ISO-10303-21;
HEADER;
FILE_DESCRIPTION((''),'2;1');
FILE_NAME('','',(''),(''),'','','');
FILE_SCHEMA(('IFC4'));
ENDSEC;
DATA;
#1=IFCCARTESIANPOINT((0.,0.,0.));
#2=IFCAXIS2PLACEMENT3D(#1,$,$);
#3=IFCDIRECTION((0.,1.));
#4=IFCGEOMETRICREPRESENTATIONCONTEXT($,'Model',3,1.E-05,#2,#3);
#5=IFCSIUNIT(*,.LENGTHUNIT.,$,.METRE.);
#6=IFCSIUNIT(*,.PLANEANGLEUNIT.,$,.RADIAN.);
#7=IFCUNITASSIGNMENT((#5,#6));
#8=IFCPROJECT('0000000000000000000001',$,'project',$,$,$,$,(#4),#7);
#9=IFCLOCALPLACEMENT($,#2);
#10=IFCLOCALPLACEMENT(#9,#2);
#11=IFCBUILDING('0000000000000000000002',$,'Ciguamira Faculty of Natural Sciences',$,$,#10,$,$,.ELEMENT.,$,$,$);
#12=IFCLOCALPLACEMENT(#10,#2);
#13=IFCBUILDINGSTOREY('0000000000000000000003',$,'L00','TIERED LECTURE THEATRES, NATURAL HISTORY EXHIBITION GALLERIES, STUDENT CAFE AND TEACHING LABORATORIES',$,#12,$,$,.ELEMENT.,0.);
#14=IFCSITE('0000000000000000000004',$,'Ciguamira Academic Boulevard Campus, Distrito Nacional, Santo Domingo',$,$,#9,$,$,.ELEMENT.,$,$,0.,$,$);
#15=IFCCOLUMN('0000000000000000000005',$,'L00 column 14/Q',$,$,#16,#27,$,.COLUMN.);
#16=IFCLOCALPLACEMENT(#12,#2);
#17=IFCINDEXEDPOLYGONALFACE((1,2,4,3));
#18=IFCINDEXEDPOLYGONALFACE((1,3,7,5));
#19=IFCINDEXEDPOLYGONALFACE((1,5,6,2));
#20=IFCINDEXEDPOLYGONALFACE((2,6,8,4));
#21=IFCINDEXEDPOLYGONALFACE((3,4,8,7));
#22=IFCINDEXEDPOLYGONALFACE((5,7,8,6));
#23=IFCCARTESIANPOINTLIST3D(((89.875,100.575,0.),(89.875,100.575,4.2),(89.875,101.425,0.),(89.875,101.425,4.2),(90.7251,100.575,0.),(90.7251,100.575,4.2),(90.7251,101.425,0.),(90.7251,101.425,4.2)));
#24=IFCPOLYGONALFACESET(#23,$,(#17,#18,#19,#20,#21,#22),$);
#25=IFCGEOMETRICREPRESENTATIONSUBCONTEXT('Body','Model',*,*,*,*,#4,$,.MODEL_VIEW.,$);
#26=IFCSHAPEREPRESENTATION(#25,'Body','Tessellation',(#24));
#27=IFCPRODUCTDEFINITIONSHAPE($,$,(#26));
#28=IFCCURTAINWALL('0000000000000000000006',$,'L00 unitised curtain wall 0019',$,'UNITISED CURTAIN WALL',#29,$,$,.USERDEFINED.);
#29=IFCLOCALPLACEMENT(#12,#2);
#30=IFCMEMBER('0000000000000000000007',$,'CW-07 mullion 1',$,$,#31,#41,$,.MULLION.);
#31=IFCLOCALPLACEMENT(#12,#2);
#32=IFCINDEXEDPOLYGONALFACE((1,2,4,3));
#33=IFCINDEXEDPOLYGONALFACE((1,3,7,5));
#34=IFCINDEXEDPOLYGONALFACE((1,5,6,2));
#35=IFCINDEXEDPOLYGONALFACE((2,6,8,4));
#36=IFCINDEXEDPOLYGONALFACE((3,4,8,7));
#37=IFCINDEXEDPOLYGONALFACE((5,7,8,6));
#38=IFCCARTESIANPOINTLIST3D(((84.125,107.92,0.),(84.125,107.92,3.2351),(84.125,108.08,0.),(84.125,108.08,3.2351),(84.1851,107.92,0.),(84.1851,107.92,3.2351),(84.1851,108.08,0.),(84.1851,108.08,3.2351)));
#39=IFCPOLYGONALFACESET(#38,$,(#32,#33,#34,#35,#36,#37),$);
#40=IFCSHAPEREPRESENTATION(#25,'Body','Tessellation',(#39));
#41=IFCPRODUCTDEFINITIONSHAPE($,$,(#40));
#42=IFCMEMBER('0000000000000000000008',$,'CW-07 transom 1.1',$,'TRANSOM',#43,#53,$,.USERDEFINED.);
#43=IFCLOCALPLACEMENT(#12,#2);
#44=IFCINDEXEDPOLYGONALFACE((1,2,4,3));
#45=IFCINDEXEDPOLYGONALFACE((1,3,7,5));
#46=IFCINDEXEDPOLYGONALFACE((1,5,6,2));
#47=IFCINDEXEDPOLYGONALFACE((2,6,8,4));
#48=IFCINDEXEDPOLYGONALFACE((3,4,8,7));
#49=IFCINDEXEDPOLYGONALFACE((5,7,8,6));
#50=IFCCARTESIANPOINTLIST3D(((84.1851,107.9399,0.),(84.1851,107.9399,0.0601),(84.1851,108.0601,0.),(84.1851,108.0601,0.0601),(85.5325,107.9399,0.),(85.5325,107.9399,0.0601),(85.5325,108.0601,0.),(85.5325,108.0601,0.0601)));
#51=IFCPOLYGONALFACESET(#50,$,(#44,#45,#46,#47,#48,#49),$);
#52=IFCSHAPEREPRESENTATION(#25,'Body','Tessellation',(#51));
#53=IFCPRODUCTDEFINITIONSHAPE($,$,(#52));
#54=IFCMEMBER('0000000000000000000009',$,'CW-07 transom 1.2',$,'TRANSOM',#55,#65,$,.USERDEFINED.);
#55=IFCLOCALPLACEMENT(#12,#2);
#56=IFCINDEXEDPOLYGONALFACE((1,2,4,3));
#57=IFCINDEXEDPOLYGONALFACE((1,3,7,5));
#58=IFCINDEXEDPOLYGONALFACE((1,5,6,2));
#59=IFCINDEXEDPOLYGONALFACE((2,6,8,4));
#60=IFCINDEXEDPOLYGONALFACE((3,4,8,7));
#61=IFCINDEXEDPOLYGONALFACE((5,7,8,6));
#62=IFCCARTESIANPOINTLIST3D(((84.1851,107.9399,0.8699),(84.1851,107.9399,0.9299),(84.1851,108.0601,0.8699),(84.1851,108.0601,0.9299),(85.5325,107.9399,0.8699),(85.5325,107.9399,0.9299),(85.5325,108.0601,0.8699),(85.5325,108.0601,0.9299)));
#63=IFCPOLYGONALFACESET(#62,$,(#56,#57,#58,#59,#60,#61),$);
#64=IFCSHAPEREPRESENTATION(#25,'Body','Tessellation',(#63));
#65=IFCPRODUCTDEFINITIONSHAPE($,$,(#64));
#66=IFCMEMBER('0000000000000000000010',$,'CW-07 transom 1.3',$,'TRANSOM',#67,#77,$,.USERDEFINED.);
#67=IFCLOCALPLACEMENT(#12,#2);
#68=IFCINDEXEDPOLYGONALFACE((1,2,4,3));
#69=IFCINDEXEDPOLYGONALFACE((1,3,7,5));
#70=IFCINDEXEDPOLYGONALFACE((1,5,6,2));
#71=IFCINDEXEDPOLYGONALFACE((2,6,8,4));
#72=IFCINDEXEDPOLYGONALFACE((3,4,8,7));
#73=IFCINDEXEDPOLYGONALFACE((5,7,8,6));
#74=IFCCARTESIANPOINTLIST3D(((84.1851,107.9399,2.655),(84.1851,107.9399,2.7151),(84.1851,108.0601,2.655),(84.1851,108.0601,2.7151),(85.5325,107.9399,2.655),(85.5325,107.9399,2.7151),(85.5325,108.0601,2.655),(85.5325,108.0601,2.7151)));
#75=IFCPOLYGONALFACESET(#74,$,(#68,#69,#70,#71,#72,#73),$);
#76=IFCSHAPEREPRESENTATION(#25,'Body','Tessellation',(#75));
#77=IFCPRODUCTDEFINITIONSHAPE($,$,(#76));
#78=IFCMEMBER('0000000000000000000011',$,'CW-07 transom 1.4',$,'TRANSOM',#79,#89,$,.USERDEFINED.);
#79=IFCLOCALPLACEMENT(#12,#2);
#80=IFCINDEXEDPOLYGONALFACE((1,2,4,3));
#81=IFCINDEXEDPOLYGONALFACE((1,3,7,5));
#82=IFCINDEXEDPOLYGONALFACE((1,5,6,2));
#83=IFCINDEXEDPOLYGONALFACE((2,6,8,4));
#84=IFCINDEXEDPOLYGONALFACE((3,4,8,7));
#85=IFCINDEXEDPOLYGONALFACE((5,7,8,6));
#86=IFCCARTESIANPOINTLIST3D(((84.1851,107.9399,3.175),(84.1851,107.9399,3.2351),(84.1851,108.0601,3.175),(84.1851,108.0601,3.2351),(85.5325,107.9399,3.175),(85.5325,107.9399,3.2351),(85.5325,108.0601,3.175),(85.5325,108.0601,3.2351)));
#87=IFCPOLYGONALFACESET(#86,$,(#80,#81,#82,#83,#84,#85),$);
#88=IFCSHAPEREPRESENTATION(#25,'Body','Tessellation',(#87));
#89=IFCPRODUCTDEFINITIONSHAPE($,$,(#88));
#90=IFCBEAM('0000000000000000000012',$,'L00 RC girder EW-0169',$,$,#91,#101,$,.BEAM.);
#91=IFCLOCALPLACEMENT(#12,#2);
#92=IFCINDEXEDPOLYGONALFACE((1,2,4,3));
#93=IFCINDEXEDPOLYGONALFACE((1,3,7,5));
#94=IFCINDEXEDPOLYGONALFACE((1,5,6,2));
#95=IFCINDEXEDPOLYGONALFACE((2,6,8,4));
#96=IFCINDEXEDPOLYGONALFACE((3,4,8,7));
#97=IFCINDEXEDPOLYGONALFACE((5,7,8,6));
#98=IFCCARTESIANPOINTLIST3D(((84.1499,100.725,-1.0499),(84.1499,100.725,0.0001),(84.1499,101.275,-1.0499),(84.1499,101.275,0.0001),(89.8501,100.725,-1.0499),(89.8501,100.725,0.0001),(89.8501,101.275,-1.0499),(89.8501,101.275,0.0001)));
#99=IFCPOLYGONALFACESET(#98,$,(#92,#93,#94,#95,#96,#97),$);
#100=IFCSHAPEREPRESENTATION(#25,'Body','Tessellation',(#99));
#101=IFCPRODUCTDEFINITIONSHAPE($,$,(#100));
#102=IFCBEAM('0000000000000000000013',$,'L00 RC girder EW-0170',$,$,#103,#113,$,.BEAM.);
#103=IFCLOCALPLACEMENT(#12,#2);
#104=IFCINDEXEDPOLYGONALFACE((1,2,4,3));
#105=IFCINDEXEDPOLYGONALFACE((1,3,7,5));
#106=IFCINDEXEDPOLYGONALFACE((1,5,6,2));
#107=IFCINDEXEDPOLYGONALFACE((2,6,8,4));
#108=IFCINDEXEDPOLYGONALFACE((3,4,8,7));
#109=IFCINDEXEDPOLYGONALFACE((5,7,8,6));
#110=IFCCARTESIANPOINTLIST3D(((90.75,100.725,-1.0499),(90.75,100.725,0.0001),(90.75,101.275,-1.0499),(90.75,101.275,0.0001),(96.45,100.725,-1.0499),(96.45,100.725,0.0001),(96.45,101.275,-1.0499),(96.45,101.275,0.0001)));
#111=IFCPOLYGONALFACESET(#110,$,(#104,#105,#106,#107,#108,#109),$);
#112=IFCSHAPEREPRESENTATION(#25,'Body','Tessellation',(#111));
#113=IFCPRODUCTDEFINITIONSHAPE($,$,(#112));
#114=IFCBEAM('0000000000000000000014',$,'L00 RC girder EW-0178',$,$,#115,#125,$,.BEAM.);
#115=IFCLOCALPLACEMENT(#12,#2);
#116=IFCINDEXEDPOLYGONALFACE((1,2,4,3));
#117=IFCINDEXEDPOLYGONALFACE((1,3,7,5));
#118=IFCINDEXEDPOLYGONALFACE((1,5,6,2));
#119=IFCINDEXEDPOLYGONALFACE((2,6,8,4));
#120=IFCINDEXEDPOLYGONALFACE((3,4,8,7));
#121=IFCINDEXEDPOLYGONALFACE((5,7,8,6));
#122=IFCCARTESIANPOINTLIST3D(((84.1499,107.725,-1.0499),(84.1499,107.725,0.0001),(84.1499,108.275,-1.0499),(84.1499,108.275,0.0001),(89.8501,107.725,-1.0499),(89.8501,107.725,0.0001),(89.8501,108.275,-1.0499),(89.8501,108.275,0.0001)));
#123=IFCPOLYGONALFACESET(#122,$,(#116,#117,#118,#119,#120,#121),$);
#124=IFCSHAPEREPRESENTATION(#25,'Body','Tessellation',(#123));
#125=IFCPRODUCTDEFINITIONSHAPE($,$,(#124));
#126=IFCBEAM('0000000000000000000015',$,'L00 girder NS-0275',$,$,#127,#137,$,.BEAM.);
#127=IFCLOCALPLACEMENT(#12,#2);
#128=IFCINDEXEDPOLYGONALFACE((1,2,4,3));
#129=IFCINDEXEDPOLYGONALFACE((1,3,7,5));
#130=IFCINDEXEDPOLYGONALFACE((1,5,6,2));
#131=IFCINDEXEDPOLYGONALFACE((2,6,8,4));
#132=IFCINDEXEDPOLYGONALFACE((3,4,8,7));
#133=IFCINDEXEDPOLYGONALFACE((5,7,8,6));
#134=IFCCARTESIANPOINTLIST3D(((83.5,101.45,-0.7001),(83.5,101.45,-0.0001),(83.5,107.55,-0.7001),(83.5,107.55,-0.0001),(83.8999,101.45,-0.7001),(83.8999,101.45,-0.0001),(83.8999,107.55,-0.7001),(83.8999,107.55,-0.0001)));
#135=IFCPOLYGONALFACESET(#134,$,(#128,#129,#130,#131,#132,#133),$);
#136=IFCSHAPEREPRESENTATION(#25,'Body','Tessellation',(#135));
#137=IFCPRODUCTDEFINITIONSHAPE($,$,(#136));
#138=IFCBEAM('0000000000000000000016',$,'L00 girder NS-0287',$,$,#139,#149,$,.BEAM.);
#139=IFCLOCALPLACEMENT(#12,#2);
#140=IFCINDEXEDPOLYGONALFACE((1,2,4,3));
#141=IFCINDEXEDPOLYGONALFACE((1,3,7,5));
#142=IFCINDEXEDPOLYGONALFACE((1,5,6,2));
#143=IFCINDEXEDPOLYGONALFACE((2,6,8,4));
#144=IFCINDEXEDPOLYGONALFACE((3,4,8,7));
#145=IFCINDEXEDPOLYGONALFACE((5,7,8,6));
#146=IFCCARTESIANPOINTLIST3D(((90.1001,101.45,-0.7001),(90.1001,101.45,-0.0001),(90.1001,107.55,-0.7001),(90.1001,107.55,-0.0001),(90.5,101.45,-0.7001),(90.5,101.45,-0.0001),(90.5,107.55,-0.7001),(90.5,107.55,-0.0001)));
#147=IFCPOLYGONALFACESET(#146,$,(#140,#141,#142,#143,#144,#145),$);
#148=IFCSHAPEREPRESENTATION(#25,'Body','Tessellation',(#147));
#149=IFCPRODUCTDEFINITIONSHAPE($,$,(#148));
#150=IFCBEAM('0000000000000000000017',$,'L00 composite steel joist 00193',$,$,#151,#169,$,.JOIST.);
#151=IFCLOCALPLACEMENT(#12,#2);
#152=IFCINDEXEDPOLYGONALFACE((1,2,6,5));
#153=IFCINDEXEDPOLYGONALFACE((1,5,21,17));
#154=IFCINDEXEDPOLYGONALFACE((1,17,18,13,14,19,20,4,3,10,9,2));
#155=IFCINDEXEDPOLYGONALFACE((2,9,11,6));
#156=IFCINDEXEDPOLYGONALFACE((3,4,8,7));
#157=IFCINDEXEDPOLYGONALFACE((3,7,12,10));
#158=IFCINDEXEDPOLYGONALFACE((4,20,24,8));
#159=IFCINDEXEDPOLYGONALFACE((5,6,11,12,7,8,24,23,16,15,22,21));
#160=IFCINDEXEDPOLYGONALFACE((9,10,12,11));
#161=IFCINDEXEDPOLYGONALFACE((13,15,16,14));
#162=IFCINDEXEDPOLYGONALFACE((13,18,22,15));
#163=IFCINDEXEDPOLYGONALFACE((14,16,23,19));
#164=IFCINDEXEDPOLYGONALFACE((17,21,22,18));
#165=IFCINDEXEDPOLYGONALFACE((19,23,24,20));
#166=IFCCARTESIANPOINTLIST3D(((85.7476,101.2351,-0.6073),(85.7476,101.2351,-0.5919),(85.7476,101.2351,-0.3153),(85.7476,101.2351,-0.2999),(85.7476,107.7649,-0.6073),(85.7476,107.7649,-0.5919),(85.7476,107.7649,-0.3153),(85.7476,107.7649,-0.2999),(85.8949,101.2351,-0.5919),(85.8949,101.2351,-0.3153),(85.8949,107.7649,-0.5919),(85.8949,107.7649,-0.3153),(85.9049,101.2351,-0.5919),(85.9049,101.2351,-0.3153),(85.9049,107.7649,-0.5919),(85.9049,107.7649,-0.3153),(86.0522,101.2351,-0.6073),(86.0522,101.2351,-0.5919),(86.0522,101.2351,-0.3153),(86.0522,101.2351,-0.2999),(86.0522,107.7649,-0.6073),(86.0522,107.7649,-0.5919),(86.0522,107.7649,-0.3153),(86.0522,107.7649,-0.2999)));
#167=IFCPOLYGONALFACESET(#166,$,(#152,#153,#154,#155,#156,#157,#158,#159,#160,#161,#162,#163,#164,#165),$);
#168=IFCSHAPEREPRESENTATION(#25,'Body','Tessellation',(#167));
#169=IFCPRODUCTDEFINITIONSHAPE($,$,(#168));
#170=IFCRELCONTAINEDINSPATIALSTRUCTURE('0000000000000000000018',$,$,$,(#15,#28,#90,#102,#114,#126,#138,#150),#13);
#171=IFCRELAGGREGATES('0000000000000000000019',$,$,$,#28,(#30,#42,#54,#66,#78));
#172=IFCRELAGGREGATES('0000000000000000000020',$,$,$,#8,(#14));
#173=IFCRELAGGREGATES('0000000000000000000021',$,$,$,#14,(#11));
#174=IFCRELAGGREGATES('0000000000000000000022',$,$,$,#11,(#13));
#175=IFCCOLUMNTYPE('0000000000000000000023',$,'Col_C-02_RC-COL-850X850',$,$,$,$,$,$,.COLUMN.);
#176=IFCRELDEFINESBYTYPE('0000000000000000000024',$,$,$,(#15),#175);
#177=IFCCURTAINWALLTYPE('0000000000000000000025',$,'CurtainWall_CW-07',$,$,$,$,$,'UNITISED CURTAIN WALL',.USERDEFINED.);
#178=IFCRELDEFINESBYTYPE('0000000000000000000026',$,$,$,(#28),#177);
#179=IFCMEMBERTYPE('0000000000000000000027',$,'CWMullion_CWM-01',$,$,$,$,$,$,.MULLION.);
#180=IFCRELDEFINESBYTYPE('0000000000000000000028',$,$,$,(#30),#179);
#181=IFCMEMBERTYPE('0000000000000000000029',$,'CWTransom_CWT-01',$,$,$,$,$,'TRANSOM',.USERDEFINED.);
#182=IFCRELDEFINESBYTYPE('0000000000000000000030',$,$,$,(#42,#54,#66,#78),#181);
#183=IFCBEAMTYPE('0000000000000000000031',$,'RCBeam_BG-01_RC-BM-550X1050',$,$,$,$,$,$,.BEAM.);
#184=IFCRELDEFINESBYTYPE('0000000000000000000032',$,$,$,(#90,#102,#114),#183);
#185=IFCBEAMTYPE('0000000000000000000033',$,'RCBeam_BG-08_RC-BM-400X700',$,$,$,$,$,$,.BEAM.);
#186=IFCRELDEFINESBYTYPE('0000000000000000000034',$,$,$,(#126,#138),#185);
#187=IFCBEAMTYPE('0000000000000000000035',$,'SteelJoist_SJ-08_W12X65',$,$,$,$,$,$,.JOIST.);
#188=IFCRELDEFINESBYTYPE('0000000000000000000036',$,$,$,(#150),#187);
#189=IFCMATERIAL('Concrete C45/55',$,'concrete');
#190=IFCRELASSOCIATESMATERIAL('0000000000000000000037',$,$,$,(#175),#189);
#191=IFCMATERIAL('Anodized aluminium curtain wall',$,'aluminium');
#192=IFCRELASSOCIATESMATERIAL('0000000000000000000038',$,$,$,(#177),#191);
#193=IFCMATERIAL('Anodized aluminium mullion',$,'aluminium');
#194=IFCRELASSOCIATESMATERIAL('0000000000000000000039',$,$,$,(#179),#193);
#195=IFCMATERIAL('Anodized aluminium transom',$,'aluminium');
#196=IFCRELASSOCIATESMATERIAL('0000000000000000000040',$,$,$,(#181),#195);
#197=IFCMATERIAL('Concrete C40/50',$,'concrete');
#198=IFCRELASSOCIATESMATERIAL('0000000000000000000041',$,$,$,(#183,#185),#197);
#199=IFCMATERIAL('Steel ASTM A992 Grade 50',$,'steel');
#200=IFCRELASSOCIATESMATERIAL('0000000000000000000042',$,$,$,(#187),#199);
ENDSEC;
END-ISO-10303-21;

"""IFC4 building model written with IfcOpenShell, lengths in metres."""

from ifc_helpers import new_model, si_unit, direction, frame, origin, origin_2d, place, context, subcontext, project, spatial, rectangle, i_section, extrude, material, material_profile, profile_set, type_object, element, aggregate, save


model = new_model("IFC4")

# Units and contexts
model_context = context("Model", 3, precision=1e-05, world=origin(), true_north=direction((0.0, 1.0)))
body_context = subcontext(model_context, "Body", "Model", "MODEL_VIEW")
ifc_project = project(units=[si_unit("LENGTHUNIT", "METRE"), si_unit("PLANEANGLEUNIT", "RADIAN")], contexts=[model_context])

# Site, building, storey
site_placement = place(None, origin())
site = spatial("IfcSite", under=ifc_project, at=site_placement, Name="Ciguamira Academic Boulevard Campus, Distrito Nacional, Santo Domingo", CompositionType="ELEMENT", RefElevation=0.0)
building_placement = place(site_placement, origin())
building = spatial("IfcBuilding", under=site, at=building_placement, Name="Ciguamira Faculty of Natural Sciences", CompositionType="ELEMENT")
storey_placement = place(building_placement, origin())
storey = spatial("IfcBuildingStorey", under=building, at=storey_placement, Name="L00", Description="TIERED LECTURE THEATRES, NATURAL HISTORY EXHIBITION GALLERIES, STUDENT CAFE AND TEACHING LABORATORIES", CompositionType="ELEMENT", Elevation=0.0)

# Column
ifc_material_1 = material(Name="Concrete C45/55", Category="concrete")
ifc_material_profile_1 = material_profile(ifc_material_1, rectangle(XDim=0.8501, YDim=0.8501, at=origin_2d()), Name="RC-COL-850X850")
ifc_profile_set_1 = profile_set([ifc_material_profile_1], Name="Concrete C45/55")
column_type = type_object("IfcColumnType", Name="Col_C-02_RC-COL-850X850", PredefinedType="COLUMN", material=ifc_profile_set_1)
column_placement = place(storey_placement, frame((90.3, 101.0, 0.0), z_axis=(0.0, 0.0, 1.0), x_axis=(1.0, 0.0, 0.0)))
element("IfcColumn", 1, at=column_placement, inside=storey, type_object=column_type, Name="L00 column 14/Q", PredefinedType="COLUMN", context=body_context, shape_type="SweptSolid", body=[
    extrude(rectangle(XDim=0.8501, YDim=0.8501, at=origin_2d()), origin(), (0.0, 0.0, 1.0), 4.2),
])

# Curtain wall, members
ifc_material_2 = material(Name="Anodized aluminium curtain wall", Category="aluminium")
curtain_wall_type = type_object("IfcCurtainWallType", Name="CurtainWall_CW-07", ElementType="UNITISED CURTAIN WALL", PredefinedType="USERDEFINED", material=ifc_material_2)
curtain_wall_placement = place(storey_placement, origin())
curtain_wall = element("IfcCurtainWall", 2, at=curtain_wall_placement, inside=storey, type_object=curtain_wall_type, Name="L00 unitised curtain wall 0019", ObjectType="UNITISED CURTAIN WALL", PredefinedType="USERDEFINED")
ifc_material_3 = material(Name="Anodized aluminium mullion", Category="aluminium")
ifc_material_profile_2 = material_profile(ifc_material_3, rectangle(XDim=0.0601, YDim=0.1599, at=origin_2d()), Name="ALU-MUL-60X160")
ifc_profile_set_2 = profile_set([ifc_material_profile_2], Name="Anodized aluminium mullion")
member_type_1 = type_object("IfcMemberType", Name="CWMullion_CWM-01", PredefinedType="MULLION", material=ifc_profile_set_2)
member_1_placement = place(storey_placement, frame((84.155, 108.0, 0.0), z_axis=(0.0, 0.0, 1.0), x_axis=(1.0, 0.0, 0.0)))
member_1 = element("IfcMember", 3, at=member_1_placement, type_object=member_type_1, Name="CW-07 mullion 1", PredefinedType="MULLION", context=body_context, shape_type="SweptSolid", body=[
    extrude(rectangle(XDim=0.0601, YDim=0.1599, at=origin_2d()), origin(), (0.0, 0.0, 1.0), 3.2351),
])
ifc_material_4 = material(Name="Anodized aluminium transom", Category="aluminium")
ifc_material_profile_3 = material_profile(ifc_material_4, rectangle(XDim=0.0601, YDim=0.1201, at=origin_2d()), Name="ALU-TRN-60X120")
ifc_profile_set_3 = profile_set([ifc_material_profile_3], Name="Anodized aluminium transom")
member_type_2 = type_object("IfcMemberType", Name="CWTransom_CWT-01", ElementType="TRANSOM", PredefinedType="USERDEFINED", material=ifc_profile_set_3)
member_2_placement = place(storey_placement, frame((84.1851, 108.0, 0.03), z_axis=(1.0, 0.0, 0.0), x_axis=(0.0, 0.0, 1.0)))
member_2 = element("IfcMember", 4, at=member_2_placement, type_object=member_type_2, Name="CW-07 transom 1.1", ObjectType="TRANSOM", PredefinedType="USERDEFINED", context=body_context, shape_type="SweptSolid", body=[
    extrude(rectangle(XDim=0.0601, YDim=0.1201, at=origin_2d()), origin(), (0.0, 0.0, 1.0), 1.3474),
])
member_3_placement = place(storey_placement, frame((84.1851, 108.0, 0.8999), z_axis=(1.0, 0.0, 0.0), x_axis=(0.0, 0.0, 1.0)))
member_3 = element("IfcMember", 5, at=member_3_placement, type_object=member_type_2, Name="CW-07 transom 1.2", ObjectType="TRANSOM", PredefinedType="USERDEFINED", context=body_context, shape_type="SweptSolid", body=[
    extrude(rectangle(XDim=0.0601, YDim=0.1201, at=origin_2d()), origin(), (0.0, 0.0, 1.0), 1.3474),
])
member_4_placement = place(storey_placement, frame((84.1851, 108.0, 2.6851), z_axis=(1.0, 0.0, 0.0), x_axis=(0.0, 0.0, 1.0)))
member_4 = element("IfcMember", 6, at=member_4_placement, type_object=member_type_2, Name="CW-07 transom 1.3", ObjectType="TRANSOM", PredefinedType="USERDEFINED", context=body_context, shape_type="SweptSolid", body=[
    extrude(rectangle(XDim=0.0601, YDim=0.1201, at=origin_2d()), origin(), (0.0, 0.0, 1.0), 1.3474),
])
member_5_placement = place(storey_placement, frame((84.1851, 108.0, 3.2051), z_axis=(1.0, 0.0, 0.0), x_axis=(0.0, 0.0, 1.0)))
member_5 = element("IfcMember", 7, at=member_5_placement, type_object=member_type_2, Name="CW-07 transom 1.4", ObjectType="TRANSOM", PredefinedType="USERDEFINED", context=body_context, shape_type="SweptSolid", body=[
    extrude(rectangle(XDim=0.0601, YDim=0.1201, at=origin_2d()), origin(), (0.0, 0.0, 1.0), 1.3474),
])
aggregate(curtain_wall, [member_1, member_2, member_3, member_4, member_5])

# Beams
ifc_material_5 = material(Name="Concrete C40/50", Category="concrete")
ifc_material_profile_4 = material_profile(ifc_material_5, rectangle(XDim=0.55, YDim=1.05, at=origin_2d()), Name="RC-BM-550X1050")
ifc_profile_set_4 = profile_set([ifc_material_profile_4], Name="Concrete C40/50")
beam_type_1 = type_object("IfcBeamType", Name="RCBeam_BG-01_RC-BM-550X1050", PredefinedType="BEAM", material=ifc_profile_set_4)
beam_1_placement = place(storey_placement, frame((84.1499, 101.0, -0.5249), z_axis=(1.0, 0.0, 0.0), x_axis=(0.0, 1.0, 0.0)))
element("IfcBeam", 8, at=beam_1_placement, inside=storey, type_object=beam_type_1, Name="L00 RC girder EW-0169", PredefinedType="BEAM", context=body_context, shape_type="SweptSolid", body=[
    extrude(rectangle(XDim=0.55, YDim=1.05, at=origin_2d()), origin(), (0.0, 0.0, 1.0), 5.7002),
])
beam_2_placement = place(storey_placement, frame((90.75, 101.0, -0.5249), z_axis=(1.0, 0.0, 0.0), x_axis=(0.0, 1.0, 0.0)))
element("IfcBeam", 9, at=beam_2_placement, inside=storey, type_object=beam_type_1, Name="L00 RC girder EW-0170", PredefinedType="BEAM", context=body_context, shape_type="SweptSolid", body=[
    extrude(rectangle(XDim=0.55, YDim=1.05, at=origin_2d()), origin(), (0.0, 0.0, 1.0), 5.7),
])
beam_3_placement = place(storey_placement, frame((84.1499, 108.0, -0.5249), z_axis=(1.0, 0.0, 0.0), x_axis=(0.0, 1.0, 0.0)))
element("IfcBeam", 10, at=beam_3_placement, inside=storey, type_object=beam_type_1, Name="L00 RC girder EW-0178", PredefinedType="BEAM", context=body_context, shape_type="SweptSolid", body=[
    extrude(rectangle(XDim=0.55, YDim=1.05, at=origin_2d()), origin(), (0.0, 0.0, 1.0), 5.7002),
])
ifc_material_profile_5 = material_profile(ifc_material_5, rectangle(XDim=0.3999, YDim=0.7, at=origin_2d()), Name="RC-BM-400X700")
ifc_profile_set_5 = profile_set([ifc_material_profile_5], Name="Concrete C40/50")
beam_type_2 = type_object("IfcBeamType", Name="RCBeam_BG-08_RC-BM-400X700", PredefinedType="BEAM", material=ifc_profile_set_5)
for number, where, z_axis, x_axis, name in (
    (11, (83.7, 101.45, -0.3501), (0.0, 1.0, 0.0), (-1.0, 0.0, 0.0), "L00 girder NS-0275"),
    (12, (90.3, 101.45, -0.3501), (0.0, 1.0, 0.0), (-1.0, 0.0, 0.0), "L00 girder NS-0287"),
):
    element("IfcBeam", number, at=place(storey_placement, frame(where, z_axis=z_axis, x_axis=x_axis)), inside=storey, type_object=beam_type_2, Name=name, PredefinedType="BEAM", context=body_context, shape_type="SweptSolid", body=[
        extrude(rectangle(XDim=0.3999, YDim=0.7, at=origin_2d()), origin(), (0.0, 0.0, 1.0), 6.1001),
    ])
ifc_material_6 = material(Name="Steel ASTM A992 Grade 50", Category="steel")
ifc_material_profile_6 = material_profile(ifc_material_6, i_section(OverallWidth=0.3047, OverallDepth=0.3074, WebThickness=0.01, FlangeThickness=0.0154, at=origin_2d()), Name="W12X65")
ifc_profile_set_6 = profile_set([ifc_material_profile_6], Name="Steel ASTM A992 Grade 50")
beam_type_3 = type_object("IfcBeamType", Name="SteelJoist_SJ-08_W12X65", PredefinedType="JOIST", material=ifc_profile_set_6)
beam_4_placement = place(storey_placement, frame((85.8999, 101.2351, -0.4536), z_axis=(0.0, 1.0, 0.0), x_axis=(-1.0, 0.0, 0.0)))
element("IfcBeam", 13, at=beam_4_placement, inside=storey, type_object=beam_type_3, Name="L00 composite steel joist 00193", PredefinedType="JOIST", context=body_context, shape_type="SweptSolid", body=[
    extrude(i_section(OverallWidth=0.3047, OverallDepth=0.3074, WebThickness=0.01, FlangeThickness=0.0154, at=origin_2d()), origin(), (0.0, 0.0, 1.0), 6.5298),
])

save(model, "model.ifc")
